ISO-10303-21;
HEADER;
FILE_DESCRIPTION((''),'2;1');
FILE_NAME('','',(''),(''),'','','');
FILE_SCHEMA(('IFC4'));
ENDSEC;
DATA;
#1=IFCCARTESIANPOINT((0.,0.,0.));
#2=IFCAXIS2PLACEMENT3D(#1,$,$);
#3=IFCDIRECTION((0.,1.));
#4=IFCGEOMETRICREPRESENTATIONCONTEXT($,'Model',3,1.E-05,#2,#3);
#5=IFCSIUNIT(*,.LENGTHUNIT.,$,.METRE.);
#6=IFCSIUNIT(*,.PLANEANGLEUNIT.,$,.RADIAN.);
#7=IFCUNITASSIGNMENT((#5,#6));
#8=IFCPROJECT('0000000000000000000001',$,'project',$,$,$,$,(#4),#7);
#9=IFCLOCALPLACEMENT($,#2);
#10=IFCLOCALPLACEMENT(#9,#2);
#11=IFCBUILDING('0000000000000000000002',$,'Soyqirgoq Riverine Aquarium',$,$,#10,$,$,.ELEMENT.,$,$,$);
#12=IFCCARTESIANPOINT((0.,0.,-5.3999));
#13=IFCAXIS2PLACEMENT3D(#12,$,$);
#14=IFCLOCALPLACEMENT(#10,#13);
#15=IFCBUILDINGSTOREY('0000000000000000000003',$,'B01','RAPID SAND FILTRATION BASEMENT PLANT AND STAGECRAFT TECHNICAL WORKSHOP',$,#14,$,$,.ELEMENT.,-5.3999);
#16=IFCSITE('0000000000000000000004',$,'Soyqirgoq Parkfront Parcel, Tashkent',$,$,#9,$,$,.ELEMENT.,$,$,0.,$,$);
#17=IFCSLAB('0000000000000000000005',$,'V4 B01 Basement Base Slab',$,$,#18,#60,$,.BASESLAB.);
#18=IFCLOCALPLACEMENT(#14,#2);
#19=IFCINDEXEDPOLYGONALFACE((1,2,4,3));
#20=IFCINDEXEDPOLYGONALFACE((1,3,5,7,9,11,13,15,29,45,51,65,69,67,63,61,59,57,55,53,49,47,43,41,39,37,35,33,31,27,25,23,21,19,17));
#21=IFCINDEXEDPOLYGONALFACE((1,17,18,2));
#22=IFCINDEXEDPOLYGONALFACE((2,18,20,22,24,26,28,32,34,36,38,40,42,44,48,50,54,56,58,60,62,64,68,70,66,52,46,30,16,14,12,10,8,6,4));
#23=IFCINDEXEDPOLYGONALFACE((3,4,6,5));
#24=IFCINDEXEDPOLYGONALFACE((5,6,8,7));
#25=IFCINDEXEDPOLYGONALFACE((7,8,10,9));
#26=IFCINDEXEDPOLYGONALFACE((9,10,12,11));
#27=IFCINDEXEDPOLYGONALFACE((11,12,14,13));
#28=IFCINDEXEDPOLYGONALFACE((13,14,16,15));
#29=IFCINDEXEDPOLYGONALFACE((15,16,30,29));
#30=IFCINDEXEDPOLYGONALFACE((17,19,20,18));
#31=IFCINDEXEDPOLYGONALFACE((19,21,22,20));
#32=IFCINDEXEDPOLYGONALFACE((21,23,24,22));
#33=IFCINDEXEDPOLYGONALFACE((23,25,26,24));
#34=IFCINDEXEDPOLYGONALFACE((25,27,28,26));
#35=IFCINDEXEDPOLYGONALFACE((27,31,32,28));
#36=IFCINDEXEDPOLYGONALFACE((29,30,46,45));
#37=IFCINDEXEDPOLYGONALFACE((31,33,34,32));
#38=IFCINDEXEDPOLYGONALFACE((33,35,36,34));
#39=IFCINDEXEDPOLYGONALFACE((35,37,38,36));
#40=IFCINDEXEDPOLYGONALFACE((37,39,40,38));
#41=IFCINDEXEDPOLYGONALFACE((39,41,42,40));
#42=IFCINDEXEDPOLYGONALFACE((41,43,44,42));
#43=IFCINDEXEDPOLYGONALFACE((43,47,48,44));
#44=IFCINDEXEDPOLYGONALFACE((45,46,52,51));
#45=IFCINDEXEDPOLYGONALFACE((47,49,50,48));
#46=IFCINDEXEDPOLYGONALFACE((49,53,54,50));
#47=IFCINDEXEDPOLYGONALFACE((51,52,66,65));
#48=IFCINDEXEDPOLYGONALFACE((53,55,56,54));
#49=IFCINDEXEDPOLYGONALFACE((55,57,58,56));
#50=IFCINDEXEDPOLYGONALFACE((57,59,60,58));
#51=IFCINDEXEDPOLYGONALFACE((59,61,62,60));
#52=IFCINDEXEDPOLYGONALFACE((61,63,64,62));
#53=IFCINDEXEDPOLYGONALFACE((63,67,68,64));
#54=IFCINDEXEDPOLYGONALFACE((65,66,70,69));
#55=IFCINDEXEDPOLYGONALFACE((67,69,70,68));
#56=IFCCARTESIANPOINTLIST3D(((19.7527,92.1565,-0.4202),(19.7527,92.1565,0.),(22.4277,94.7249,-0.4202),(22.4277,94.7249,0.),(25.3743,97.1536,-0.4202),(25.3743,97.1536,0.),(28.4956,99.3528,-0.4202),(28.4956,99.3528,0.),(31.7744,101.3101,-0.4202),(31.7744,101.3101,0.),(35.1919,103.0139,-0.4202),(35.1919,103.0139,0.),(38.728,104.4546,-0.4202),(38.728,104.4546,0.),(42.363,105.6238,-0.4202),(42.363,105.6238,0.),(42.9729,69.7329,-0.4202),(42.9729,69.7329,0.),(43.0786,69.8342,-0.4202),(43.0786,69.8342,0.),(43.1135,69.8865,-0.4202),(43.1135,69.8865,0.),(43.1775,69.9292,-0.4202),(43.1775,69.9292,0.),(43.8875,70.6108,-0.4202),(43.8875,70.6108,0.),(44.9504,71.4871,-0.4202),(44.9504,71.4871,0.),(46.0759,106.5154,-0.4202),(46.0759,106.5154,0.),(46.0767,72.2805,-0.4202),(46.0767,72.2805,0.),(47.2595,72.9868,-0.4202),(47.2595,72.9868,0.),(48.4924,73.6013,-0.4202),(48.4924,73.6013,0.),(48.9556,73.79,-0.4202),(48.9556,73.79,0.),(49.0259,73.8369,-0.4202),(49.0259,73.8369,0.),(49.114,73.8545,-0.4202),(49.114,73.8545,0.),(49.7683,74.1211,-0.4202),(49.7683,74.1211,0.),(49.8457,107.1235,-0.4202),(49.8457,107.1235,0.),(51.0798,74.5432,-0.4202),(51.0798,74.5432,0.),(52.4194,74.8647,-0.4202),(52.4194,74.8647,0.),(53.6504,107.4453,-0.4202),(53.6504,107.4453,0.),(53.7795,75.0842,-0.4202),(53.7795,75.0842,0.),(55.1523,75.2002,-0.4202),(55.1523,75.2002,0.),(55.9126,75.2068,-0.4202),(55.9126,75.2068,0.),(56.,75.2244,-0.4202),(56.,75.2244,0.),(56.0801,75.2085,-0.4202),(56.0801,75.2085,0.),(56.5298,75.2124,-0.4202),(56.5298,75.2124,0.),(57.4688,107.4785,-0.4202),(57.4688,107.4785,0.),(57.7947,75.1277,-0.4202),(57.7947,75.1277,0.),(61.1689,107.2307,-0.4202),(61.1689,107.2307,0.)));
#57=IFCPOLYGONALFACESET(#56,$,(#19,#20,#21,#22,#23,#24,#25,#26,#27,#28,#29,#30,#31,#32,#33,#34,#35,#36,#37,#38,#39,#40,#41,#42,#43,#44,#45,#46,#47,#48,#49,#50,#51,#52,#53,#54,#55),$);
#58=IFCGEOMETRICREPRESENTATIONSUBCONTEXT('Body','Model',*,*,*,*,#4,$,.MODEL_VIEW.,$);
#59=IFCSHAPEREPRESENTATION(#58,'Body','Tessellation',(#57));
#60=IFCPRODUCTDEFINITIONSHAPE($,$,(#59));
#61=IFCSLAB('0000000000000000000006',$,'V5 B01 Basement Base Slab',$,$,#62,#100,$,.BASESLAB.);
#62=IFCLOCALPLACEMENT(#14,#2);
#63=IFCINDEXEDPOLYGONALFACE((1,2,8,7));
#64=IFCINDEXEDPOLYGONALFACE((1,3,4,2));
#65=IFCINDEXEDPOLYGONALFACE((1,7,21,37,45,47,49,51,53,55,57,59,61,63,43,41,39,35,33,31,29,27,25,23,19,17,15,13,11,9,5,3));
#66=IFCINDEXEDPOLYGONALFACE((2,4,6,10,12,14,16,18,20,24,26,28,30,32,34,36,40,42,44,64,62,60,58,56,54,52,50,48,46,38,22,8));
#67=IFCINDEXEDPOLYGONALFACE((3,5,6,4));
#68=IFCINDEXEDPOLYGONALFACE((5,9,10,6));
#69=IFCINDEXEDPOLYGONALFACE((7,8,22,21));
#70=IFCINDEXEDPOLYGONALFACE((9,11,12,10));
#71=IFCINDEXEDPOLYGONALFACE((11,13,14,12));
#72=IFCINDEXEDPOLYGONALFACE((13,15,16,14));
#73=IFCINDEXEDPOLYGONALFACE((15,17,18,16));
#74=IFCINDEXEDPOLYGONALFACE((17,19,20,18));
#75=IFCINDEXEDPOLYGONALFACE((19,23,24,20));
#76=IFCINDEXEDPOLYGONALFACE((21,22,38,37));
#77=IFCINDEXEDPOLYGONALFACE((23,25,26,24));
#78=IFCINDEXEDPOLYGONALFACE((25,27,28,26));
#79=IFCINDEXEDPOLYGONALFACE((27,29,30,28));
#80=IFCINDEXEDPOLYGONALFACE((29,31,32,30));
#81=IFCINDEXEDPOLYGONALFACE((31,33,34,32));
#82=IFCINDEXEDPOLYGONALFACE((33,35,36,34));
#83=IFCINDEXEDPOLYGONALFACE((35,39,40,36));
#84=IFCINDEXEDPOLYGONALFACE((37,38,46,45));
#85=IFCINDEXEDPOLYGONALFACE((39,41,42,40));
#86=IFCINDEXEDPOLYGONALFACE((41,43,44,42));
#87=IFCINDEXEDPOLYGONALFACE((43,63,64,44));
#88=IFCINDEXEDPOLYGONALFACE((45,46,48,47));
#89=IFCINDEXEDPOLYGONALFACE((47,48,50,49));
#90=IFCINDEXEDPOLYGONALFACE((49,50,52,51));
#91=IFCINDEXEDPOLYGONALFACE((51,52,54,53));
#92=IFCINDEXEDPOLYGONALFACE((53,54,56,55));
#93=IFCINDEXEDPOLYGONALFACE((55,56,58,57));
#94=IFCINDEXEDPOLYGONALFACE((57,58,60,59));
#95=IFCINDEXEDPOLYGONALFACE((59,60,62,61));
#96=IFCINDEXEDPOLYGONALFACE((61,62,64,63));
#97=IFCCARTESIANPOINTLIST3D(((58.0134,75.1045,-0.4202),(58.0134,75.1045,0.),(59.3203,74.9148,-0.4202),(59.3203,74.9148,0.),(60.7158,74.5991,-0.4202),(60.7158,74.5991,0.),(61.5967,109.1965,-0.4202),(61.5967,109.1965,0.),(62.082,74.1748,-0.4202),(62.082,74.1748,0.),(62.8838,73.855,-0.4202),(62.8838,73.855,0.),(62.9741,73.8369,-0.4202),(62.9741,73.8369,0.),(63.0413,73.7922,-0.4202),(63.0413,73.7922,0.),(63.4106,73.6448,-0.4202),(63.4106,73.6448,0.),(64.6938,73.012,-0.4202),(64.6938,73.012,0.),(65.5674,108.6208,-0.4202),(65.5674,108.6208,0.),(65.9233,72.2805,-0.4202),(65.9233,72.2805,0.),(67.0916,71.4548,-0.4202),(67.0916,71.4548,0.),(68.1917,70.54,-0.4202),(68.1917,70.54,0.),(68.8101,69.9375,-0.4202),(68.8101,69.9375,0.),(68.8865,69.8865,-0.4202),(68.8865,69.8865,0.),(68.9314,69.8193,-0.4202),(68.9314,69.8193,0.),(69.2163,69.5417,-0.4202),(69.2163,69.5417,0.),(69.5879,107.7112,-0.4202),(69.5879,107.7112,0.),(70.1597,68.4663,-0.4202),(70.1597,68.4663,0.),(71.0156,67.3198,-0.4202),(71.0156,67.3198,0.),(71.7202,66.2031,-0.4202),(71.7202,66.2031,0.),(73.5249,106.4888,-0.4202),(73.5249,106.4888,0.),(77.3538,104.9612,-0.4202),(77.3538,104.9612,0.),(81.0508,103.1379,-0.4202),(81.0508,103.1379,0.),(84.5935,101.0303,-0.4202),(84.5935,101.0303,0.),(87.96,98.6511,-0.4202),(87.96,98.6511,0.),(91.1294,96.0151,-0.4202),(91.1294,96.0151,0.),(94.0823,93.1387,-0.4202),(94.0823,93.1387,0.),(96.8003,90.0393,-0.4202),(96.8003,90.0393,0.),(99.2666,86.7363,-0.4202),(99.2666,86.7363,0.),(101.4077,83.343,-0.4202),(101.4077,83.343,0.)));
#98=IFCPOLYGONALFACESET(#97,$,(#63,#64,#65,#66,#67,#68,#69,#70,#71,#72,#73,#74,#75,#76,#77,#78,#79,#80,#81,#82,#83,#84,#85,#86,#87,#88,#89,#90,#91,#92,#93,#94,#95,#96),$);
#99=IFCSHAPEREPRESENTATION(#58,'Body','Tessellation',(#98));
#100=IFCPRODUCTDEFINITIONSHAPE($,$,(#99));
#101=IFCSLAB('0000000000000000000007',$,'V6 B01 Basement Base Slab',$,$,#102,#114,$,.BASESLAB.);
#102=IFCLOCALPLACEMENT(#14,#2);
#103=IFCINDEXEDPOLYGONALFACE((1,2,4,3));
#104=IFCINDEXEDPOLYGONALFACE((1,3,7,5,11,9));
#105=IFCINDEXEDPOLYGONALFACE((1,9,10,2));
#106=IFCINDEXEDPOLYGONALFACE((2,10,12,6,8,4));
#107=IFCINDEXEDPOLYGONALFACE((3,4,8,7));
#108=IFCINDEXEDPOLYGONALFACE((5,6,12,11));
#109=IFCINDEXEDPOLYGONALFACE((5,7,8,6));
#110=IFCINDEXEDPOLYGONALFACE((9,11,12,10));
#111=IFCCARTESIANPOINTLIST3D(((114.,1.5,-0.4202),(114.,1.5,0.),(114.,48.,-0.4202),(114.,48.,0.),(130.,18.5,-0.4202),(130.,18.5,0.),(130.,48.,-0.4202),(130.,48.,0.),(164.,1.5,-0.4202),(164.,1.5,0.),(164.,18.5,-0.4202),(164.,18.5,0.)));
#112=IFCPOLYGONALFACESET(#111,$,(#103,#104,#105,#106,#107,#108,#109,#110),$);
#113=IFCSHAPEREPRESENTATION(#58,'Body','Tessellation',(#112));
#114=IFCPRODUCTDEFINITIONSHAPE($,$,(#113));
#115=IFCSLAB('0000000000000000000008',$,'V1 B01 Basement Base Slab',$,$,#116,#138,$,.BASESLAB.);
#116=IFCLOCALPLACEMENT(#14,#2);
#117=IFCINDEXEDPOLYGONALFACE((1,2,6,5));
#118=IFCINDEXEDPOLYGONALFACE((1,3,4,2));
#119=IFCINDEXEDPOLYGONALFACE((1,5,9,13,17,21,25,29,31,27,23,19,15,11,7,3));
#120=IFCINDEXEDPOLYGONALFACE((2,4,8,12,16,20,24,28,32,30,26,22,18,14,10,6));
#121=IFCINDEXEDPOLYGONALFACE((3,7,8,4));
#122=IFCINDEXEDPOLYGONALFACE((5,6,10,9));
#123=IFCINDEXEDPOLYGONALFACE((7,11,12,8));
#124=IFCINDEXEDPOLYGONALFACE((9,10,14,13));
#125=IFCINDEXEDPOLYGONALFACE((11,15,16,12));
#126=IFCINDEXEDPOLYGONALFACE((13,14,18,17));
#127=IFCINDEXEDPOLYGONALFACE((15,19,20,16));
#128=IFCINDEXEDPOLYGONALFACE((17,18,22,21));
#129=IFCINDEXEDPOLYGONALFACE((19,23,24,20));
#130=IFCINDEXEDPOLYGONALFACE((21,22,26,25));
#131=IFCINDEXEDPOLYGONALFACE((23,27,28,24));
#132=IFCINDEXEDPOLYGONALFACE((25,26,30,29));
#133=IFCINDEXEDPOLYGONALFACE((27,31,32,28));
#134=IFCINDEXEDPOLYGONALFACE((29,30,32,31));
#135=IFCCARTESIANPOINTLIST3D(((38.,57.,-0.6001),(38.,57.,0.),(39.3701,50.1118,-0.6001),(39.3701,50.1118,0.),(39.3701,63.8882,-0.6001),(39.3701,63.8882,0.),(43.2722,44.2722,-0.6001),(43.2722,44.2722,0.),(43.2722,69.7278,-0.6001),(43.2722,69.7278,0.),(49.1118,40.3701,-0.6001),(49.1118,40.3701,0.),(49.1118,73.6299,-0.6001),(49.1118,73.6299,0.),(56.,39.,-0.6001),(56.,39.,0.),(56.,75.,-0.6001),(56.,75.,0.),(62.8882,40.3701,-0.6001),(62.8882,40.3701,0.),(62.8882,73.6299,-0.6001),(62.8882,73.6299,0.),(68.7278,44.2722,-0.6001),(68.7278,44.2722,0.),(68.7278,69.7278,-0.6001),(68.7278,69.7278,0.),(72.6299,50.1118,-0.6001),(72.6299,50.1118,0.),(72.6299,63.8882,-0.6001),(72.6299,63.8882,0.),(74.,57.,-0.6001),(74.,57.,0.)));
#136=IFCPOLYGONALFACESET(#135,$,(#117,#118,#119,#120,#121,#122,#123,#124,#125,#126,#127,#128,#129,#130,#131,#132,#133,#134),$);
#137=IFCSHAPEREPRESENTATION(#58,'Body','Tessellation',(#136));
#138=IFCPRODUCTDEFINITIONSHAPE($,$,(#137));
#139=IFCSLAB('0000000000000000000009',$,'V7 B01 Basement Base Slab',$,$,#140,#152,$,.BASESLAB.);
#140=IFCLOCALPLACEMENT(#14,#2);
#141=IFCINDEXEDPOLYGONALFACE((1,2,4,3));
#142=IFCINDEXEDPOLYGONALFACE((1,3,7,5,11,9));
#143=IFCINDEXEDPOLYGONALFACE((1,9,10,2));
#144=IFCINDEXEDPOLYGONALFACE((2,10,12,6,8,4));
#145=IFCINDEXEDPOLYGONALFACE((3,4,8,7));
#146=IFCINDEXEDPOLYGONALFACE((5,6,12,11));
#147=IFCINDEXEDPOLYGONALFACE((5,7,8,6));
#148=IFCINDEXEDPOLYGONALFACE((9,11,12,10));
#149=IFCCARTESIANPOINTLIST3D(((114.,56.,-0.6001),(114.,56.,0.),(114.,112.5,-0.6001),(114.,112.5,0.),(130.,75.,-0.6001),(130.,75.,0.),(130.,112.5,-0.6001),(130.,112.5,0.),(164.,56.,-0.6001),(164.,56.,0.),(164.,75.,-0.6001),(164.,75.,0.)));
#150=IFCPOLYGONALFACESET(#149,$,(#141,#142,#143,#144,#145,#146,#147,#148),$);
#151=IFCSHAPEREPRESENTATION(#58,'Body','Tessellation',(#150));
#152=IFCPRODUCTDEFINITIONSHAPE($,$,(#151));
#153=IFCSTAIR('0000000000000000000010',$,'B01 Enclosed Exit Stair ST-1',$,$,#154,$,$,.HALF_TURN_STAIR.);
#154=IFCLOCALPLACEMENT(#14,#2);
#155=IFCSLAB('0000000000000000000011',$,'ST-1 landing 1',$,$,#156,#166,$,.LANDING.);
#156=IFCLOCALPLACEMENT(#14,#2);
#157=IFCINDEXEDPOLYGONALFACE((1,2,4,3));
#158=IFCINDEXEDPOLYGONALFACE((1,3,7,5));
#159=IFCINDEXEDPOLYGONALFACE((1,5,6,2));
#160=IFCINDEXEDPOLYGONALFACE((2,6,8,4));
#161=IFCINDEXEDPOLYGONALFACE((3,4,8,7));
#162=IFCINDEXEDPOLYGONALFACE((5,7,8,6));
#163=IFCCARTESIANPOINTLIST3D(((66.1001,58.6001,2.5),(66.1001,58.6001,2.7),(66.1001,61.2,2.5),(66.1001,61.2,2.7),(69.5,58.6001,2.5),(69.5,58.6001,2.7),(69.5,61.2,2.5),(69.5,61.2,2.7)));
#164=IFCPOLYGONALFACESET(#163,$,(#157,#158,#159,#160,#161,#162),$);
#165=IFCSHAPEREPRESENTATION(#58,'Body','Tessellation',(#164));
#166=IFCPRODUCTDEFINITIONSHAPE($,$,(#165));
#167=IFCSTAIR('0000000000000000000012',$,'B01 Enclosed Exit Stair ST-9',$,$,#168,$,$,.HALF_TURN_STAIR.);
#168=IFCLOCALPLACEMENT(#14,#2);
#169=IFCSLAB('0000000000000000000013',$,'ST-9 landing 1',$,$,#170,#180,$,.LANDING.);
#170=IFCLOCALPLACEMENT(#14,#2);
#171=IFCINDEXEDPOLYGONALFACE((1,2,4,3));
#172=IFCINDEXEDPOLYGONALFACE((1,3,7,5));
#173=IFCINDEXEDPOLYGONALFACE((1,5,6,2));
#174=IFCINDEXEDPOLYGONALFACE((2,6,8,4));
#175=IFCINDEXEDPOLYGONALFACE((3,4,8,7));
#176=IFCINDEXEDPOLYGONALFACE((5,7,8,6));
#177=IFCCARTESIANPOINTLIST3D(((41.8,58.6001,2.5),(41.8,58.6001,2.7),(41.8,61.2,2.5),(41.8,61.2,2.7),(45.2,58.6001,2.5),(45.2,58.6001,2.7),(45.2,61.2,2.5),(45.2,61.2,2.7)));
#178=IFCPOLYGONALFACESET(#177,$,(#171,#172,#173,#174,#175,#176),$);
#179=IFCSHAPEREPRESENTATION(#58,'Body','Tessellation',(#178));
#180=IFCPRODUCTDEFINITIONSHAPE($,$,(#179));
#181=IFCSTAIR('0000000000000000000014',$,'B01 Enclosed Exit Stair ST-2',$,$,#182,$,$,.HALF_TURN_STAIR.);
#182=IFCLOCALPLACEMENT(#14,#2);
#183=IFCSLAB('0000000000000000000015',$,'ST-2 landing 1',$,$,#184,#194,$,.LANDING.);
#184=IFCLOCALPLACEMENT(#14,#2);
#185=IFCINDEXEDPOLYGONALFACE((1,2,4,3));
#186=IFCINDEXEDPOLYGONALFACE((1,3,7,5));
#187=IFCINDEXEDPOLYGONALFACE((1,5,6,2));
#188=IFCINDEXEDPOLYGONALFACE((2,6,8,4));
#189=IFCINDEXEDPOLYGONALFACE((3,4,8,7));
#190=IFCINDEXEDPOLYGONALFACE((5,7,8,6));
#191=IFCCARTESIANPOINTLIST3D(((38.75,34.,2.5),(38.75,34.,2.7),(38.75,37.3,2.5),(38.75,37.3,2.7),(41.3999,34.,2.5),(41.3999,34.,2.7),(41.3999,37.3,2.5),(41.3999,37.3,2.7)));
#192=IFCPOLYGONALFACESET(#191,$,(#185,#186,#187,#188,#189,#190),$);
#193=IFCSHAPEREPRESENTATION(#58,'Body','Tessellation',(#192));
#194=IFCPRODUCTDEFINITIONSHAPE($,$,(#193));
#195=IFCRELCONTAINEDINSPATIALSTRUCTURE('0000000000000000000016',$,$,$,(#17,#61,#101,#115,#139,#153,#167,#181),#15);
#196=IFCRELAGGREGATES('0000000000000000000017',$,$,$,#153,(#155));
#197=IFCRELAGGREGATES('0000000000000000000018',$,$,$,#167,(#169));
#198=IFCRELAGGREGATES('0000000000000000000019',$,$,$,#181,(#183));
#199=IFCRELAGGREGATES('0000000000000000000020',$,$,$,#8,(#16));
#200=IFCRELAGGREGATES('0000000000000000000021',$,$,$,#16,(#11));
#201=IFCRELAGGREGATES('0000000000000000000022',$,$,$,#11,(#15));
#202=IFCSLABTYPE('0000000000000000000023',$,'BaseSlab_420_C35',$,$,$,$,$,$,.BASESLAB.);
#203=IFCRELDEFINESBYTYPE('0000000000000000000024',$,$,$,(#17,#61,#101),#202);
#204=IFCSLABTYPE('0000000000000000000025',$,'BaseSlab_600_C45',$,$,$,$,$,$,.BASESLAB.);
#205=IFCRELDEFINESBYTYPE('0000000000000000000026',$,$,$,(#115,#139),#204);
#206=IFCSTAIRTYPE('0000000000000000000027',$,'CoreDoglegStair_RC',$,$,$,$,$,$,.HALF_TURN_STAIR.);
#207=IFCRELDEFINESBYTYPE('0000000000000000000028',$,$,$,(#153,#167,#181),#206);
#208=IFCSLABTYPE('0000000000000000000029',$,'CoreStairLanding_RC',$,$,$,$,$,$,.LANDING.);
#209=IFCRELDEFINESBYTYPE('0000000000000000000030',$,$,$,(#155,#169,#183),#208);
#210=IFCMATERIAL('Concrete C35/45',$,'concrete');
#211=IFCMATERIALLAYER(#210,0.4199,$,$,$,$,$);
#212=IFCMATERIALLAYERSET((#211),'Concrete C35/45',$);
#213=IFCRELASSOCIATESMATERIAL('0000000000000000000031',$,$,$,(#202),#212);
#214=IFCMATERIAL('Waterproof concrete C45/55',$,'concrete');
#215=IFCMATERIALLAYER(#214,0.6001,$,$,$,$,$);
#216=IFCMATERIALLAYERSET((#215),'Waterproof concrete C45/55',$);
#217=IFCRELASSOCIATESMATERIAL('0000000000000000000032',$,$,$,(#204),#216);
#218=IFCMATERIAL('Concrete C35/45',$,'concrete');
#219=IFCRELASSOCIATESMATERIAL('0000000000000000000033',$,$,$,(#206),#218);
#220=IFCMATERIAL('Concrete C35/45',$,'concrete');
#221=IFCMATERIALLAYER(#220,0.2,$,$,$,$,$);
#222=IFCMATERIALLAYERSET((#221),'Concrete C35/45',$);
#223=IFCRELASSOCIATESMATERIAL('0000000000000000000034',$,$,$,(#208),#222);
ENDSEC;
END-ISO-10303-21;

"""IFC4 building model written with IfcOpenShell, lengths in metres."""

from ifc_helpers import new_model, si_unit, direction, frame, origin, place, context, subcontext, project, spatial, polyline, outline, extrude, material, layer, layer_set, type_object, element, aggregate, save


model = new_model("IFC4")

# Units and contexts
model_context = context("Model", 3, precision=1e-05, world=origin(), true_north=direction((0.0, 1.0)))
body_context = subcontext(model_context, "Body", "Model", "MODEL_VIEW")
ifc_project = project(units=[si_unit("LENGTHUNIT", "METRE"), si_unit("PLANEANGLEUNIT", "RADIAN")], contexts=[model_context])

# Site, building, storey
site_placement = place(None, origin())
site = spatial("IfcSite", under=ifc_project, at=site_placement, Name="Soyqirgoq Parkfront Parcel, Tashkent", CompositionType="ELEMENT", RefElevation=0.0)
building_placement = place(site_placement, origin())
building = spatial("IfcBuilding", under=site, at=building_placement, Name="Soyqirgoq Riverine Aquarium", CompositionType="ELEMENT")
storey_placement = place(building_placement, frame((0.0, 0.0, -5.3999)))
storey = spatial("IfcBuildingStorey", under=building, at=storey_placement, Name="B01", Description="RAPID SAND FILTRATION BASEMENT PLANT AND STAGECRAFT TECHNICAL WORKSHOP", CompositionType="ELEMENT", Elevation=-5.3999)

# Slabs
ifc_material_1 = material(Name="Concrete C35/45", Category="concrete")
ifc_layer_1 = layer(ifc_material_1, 0.4199)
ifc_layer_set_1 = layer_set([ifc_layer_1], Name="Concrete C35/45")
slab_type_1 = type_object("IfcSlabType", Name="BaseSlab_420_C35", PredefinedType="BASESLAB", material=ifc_layer_set_1)
slab_1_placement = place(storey_placement, frame((0.0, 0.0, -0.4202)))
element("IfcSlab", 1, at=slab_1_placement, inside=storey, type_object=slab_type_1, Name="V4 B01 Basement Base Slab", PredefinedType="BASESLAB", context=body_context, shape_type="SweptSolid", body=[
    extrude(outline(polyline([(55.1523, 75.2002), (55.9126, 75.2068), (56.0, 75.2244), (56.0801, 75.2085), (56.5298, 75.2124), (57.7947, 75.1277), (61.1689, 107.2307), (57.4688, 107.4785), (53.6504, 107.4453), (49.8457, 107.1235), (46.0759, 106.5154), (42.363, 105.6238), (38.728, 104.4546), (35.1919, 103.0139), (31.7744, 101.3101), (28.4956, 99.3528), (25.3743, 97.1536), (22.4277, 94.7249), (19.7527, 92.1565), (42.9729, 69.7329), (43.0786, 69.8342), (43.1135, 69.8865), (43.1775, 69.9292), (43.8875, 70.6108), (44.9504, 71.4871), (46.0767, 72.2805), (47.2595, 72.9868), (48.4924, 73.6013), (48.9556, 73.79), (49.0259, 73.8369), (49.114, 73.8545), (49.7683, 74.1211), (51.0798, 74.5432), (52.4194, 74.8647), (53.7795, 75.0842), (55.1523, 75.2002)])), origin(), (0.0, 0.0, 1.0), 0.4202),
])
slab_2_placement = place(storey_placement, frame((0.0, 0.0, -0.4202)))
element("IfcSlab", 2, at=slab_2_placement, inside=storey, type_object=slab_type_1, Name="V5 B01 Basement Base Slab", PredefinedType="BASESLAB", context=body_context, shape_type="SweptSolid", body=[
    extrude(outline(polyline([(70.1597, 68.4663), (71.0156, 67.3198), (71.7202, 66.2031), (101.4077, 83.343), (99.2666, 86.7363), (96.8003, 90.0393), (94.0823, 93.1387), (91.1294, 96.0151), (87.96, 98.6511), (84.5935, 101.0303), (81.0508, 103.1379), (77.3538, 104.9612), (73.5249, 106.4888), (69.5879, 107.7112), (65.5674, 108.6208), (61.5967, 109.1965), (58.0134, 75.1045), (59.3203, 74.9148), (60.7158, 74.5991), (62.082, 74.1748), (62.8838, 73.855), (62.9741, 73.8369), (63.0413, 73.7922), (63.4106, 73.6448), (64.6938, 73.012), (65.9233, 72.2805), (67.0916, 71.4548), (68.1917, 70.54), (68.8101, 69.9375), (68.8865, 69.8865), (68.9314, 69.8193), (69.2163, 69.5417), (70.1597, 68.4663)])), origin(), (0.0, 0.0, 1.0), 0.4202),
])
slab_3_placement = place(storey_placement, frame((0.0, 0.0, -0.4202)))
element("IfcSlab", 3, at=slab_3_placement, inside=storey, type_object=slab_type_1, Name="V6 B01 Basement Base Slab", PredefinedType="BASESLAB", context=body_context, shape_type="SweptSolid", body=[
    extrude(outline(polyline([(114.0, 1.5), (164.0, 1.5), (164.0, 18.5), (130.0, 18.5), (130.0, 48.0), (114.0, 48.0), (114.0, 1.5)])), origin(), (0.0, 0.0, 1.0), 0.4202),
])
ifc_material_2 = material(Name="Waterproof concrete C45/55", Category="concrete")
ifc_layer_2 = layer(ifc_material_2, 0.6001)
ifc_layer_set_2 = layer_set([ifc_layer_2], Name="Waterproof concrete C45/55")
slab_type_2 = type_object("IfcSlabType", Name="BaseSlab_600_C45", PredefinedType="BASESLAB", material=ifc_layer_set_2)
slab_4_placement = place(storey_placement, frame((0.0, 0.0, -0.6001)))
element("IfcSlab", 4, at=slab_4_placement, inside=storey, type_object=slab_type_2, Name="V1 B01 Basement Base Slab", PredefinedType="BASESLAB", context=body_context, shape_type="SweptSolid", body=[
    extrude(outline(polyline([(74.0, 57.0), (72.6299, 63.8882), (68.7278, 69.7278), (62.8882, 73.6299), (56.0, 75.0), (49.1118, 73.6299), (43.2722, 69.7278), (39.3701, 63.8882), (38.0, 57.0), (39.3701, 50.1118), (43.2722, 44.2722), (49.1118, 40.3701), (56.0, 39.0), (62.8882, 40.3701), (68.7278, 44.2722), (72.6299, 50.1118), (74.0, 57.0)])), origin(), (0.0, 0.0, 1.0), 0.6001),
])
slab_5_placement = place(storey_placement, frame((0.0, 0.0, -0.6001)))
element("IfcSlab", 5, at=slab_5_placement, inside=storey, type_object=slab_type_2, Name="V7 B01 Basement Base Slab", PredefinedType="BASESLAB", context=body_context, shape_type="SweptSolid", body=[
    extrude(outline(polyline([(114.0, 56.0), (164.0, 56.0), (164.0, 75.0), (130.0, 75.0), (130.0, 112.5), (114.0, 112.5), (114.0, 56.0)])), origin(), (0.0, 0.0, 1.0), 0.6001),
])

# Stairs, slabs
ifc_material_3 = material(Name="Concrete C35/45", Category="concrete")
stair_type = type_object("IfcStairType", Name="CoreDoglegStair_RC", PredefinedType="HALF_TURN_STAIR", material=ifc_material_3)
stair_1_placement = place(storey_placement, origin())
stair_1 = element("IfcStair", 6, at=stair_1_placement, inside=storey, type_object=stair_type, Name="B01 Enclosed Exit Stair ST-1", PredefinedType="HALF_TURN_STAIR")
ifc_material_4 = material(Name="Concrete C35/45", Category="concrete")
ifc_layer_3 = layer(ifc_material_4, 0.2)
ifc_layer_set_3 = layer_set([ifc_layer_3], Name="Concrete C35/45")
slab_type_3 = type_object("IfcSlabType", Name="CoreStairLanding_RC", PredefinedType="LANDING", material=ifc_layer_set_3)
slab_6_placement = place(storey_placement, frame((0.0, 0.0, 2.5)))
slab_6 = element("IfcSlab", 7, at=slab_6_placement, type_object=slab_type_3, Name="ST-1 landing 1", PredefinedType="LANDING", context=body_context, shape_type="SweptSolid", body=[
    extrude(outline(polyline([(69.5, 58.6001), (69.5, 61.2), (66.1001, 61.2), (66.1001, 58.6001), (69.5, 58.6001)])), origin(), (0.0, 0.0, 1.0), 0.2),
])
aggregate(stair_1, [slab_6])
stair_2_placement = place(storey_placement, origin())
stair_2 = element("IfcStair", 8, at=stair_2_placement, inside=storey, type_object=stair_type, Name="B01 Enclosed Exit Stair ST-9", PredefinedType="HALF_TURN_STAIR")
slab_7_placement = place(storey_placement, frame((0.0, 0.0, 2.5)))
slab_7 = element("IfcSlab", 9, at=slab_7_placement, type_object=slab_type_3, Name="ST-9 landing 1", PredefinedType="LANDING", context=body_context, shape_type="SweptSolid", body=[
    extrude(outline(polyline([(45.2, 58.6001), (45.2, 61.2), (41.8, 61.2), (41.8, 58.6001), (45.2, 58.6001)])), origin(), (0.0, 0.0, 1.0), 0.2),
])
aggregate(stair_2, [slab_7])
stair_3_placement = place(storey_placement, origin())
stair_3 = element("IfcStair", 10, at=stair_3_placement, inside=storey, type_object=stair_type, Name="B01 Enclosed Exit Stair ST-2", PredefinedType="HALF_TURN_STAIR")
slab_8_placement = place(storey_placement, frame((0.0, 0.0, 2.5)))
slab_8 = element("IfcSlab", 11, at=slab_8_placement, type_object=slab_type_3, Name="ST-2 landing 1", PredefinedType="LANDING", context=body_context, shape_type="SweptSolid", body=[
    extrude(outline(polyline([(38.75, 34.0), (41.3999, 34.0), (41.3999, 37.3), (38.75, 37.3), (38.75, 34.0)])), origin(), (0.0, 0.0, 1.0), 0.2),
])
aggregate(stair_3, [slab_8])

save(model, "model.ifc")
